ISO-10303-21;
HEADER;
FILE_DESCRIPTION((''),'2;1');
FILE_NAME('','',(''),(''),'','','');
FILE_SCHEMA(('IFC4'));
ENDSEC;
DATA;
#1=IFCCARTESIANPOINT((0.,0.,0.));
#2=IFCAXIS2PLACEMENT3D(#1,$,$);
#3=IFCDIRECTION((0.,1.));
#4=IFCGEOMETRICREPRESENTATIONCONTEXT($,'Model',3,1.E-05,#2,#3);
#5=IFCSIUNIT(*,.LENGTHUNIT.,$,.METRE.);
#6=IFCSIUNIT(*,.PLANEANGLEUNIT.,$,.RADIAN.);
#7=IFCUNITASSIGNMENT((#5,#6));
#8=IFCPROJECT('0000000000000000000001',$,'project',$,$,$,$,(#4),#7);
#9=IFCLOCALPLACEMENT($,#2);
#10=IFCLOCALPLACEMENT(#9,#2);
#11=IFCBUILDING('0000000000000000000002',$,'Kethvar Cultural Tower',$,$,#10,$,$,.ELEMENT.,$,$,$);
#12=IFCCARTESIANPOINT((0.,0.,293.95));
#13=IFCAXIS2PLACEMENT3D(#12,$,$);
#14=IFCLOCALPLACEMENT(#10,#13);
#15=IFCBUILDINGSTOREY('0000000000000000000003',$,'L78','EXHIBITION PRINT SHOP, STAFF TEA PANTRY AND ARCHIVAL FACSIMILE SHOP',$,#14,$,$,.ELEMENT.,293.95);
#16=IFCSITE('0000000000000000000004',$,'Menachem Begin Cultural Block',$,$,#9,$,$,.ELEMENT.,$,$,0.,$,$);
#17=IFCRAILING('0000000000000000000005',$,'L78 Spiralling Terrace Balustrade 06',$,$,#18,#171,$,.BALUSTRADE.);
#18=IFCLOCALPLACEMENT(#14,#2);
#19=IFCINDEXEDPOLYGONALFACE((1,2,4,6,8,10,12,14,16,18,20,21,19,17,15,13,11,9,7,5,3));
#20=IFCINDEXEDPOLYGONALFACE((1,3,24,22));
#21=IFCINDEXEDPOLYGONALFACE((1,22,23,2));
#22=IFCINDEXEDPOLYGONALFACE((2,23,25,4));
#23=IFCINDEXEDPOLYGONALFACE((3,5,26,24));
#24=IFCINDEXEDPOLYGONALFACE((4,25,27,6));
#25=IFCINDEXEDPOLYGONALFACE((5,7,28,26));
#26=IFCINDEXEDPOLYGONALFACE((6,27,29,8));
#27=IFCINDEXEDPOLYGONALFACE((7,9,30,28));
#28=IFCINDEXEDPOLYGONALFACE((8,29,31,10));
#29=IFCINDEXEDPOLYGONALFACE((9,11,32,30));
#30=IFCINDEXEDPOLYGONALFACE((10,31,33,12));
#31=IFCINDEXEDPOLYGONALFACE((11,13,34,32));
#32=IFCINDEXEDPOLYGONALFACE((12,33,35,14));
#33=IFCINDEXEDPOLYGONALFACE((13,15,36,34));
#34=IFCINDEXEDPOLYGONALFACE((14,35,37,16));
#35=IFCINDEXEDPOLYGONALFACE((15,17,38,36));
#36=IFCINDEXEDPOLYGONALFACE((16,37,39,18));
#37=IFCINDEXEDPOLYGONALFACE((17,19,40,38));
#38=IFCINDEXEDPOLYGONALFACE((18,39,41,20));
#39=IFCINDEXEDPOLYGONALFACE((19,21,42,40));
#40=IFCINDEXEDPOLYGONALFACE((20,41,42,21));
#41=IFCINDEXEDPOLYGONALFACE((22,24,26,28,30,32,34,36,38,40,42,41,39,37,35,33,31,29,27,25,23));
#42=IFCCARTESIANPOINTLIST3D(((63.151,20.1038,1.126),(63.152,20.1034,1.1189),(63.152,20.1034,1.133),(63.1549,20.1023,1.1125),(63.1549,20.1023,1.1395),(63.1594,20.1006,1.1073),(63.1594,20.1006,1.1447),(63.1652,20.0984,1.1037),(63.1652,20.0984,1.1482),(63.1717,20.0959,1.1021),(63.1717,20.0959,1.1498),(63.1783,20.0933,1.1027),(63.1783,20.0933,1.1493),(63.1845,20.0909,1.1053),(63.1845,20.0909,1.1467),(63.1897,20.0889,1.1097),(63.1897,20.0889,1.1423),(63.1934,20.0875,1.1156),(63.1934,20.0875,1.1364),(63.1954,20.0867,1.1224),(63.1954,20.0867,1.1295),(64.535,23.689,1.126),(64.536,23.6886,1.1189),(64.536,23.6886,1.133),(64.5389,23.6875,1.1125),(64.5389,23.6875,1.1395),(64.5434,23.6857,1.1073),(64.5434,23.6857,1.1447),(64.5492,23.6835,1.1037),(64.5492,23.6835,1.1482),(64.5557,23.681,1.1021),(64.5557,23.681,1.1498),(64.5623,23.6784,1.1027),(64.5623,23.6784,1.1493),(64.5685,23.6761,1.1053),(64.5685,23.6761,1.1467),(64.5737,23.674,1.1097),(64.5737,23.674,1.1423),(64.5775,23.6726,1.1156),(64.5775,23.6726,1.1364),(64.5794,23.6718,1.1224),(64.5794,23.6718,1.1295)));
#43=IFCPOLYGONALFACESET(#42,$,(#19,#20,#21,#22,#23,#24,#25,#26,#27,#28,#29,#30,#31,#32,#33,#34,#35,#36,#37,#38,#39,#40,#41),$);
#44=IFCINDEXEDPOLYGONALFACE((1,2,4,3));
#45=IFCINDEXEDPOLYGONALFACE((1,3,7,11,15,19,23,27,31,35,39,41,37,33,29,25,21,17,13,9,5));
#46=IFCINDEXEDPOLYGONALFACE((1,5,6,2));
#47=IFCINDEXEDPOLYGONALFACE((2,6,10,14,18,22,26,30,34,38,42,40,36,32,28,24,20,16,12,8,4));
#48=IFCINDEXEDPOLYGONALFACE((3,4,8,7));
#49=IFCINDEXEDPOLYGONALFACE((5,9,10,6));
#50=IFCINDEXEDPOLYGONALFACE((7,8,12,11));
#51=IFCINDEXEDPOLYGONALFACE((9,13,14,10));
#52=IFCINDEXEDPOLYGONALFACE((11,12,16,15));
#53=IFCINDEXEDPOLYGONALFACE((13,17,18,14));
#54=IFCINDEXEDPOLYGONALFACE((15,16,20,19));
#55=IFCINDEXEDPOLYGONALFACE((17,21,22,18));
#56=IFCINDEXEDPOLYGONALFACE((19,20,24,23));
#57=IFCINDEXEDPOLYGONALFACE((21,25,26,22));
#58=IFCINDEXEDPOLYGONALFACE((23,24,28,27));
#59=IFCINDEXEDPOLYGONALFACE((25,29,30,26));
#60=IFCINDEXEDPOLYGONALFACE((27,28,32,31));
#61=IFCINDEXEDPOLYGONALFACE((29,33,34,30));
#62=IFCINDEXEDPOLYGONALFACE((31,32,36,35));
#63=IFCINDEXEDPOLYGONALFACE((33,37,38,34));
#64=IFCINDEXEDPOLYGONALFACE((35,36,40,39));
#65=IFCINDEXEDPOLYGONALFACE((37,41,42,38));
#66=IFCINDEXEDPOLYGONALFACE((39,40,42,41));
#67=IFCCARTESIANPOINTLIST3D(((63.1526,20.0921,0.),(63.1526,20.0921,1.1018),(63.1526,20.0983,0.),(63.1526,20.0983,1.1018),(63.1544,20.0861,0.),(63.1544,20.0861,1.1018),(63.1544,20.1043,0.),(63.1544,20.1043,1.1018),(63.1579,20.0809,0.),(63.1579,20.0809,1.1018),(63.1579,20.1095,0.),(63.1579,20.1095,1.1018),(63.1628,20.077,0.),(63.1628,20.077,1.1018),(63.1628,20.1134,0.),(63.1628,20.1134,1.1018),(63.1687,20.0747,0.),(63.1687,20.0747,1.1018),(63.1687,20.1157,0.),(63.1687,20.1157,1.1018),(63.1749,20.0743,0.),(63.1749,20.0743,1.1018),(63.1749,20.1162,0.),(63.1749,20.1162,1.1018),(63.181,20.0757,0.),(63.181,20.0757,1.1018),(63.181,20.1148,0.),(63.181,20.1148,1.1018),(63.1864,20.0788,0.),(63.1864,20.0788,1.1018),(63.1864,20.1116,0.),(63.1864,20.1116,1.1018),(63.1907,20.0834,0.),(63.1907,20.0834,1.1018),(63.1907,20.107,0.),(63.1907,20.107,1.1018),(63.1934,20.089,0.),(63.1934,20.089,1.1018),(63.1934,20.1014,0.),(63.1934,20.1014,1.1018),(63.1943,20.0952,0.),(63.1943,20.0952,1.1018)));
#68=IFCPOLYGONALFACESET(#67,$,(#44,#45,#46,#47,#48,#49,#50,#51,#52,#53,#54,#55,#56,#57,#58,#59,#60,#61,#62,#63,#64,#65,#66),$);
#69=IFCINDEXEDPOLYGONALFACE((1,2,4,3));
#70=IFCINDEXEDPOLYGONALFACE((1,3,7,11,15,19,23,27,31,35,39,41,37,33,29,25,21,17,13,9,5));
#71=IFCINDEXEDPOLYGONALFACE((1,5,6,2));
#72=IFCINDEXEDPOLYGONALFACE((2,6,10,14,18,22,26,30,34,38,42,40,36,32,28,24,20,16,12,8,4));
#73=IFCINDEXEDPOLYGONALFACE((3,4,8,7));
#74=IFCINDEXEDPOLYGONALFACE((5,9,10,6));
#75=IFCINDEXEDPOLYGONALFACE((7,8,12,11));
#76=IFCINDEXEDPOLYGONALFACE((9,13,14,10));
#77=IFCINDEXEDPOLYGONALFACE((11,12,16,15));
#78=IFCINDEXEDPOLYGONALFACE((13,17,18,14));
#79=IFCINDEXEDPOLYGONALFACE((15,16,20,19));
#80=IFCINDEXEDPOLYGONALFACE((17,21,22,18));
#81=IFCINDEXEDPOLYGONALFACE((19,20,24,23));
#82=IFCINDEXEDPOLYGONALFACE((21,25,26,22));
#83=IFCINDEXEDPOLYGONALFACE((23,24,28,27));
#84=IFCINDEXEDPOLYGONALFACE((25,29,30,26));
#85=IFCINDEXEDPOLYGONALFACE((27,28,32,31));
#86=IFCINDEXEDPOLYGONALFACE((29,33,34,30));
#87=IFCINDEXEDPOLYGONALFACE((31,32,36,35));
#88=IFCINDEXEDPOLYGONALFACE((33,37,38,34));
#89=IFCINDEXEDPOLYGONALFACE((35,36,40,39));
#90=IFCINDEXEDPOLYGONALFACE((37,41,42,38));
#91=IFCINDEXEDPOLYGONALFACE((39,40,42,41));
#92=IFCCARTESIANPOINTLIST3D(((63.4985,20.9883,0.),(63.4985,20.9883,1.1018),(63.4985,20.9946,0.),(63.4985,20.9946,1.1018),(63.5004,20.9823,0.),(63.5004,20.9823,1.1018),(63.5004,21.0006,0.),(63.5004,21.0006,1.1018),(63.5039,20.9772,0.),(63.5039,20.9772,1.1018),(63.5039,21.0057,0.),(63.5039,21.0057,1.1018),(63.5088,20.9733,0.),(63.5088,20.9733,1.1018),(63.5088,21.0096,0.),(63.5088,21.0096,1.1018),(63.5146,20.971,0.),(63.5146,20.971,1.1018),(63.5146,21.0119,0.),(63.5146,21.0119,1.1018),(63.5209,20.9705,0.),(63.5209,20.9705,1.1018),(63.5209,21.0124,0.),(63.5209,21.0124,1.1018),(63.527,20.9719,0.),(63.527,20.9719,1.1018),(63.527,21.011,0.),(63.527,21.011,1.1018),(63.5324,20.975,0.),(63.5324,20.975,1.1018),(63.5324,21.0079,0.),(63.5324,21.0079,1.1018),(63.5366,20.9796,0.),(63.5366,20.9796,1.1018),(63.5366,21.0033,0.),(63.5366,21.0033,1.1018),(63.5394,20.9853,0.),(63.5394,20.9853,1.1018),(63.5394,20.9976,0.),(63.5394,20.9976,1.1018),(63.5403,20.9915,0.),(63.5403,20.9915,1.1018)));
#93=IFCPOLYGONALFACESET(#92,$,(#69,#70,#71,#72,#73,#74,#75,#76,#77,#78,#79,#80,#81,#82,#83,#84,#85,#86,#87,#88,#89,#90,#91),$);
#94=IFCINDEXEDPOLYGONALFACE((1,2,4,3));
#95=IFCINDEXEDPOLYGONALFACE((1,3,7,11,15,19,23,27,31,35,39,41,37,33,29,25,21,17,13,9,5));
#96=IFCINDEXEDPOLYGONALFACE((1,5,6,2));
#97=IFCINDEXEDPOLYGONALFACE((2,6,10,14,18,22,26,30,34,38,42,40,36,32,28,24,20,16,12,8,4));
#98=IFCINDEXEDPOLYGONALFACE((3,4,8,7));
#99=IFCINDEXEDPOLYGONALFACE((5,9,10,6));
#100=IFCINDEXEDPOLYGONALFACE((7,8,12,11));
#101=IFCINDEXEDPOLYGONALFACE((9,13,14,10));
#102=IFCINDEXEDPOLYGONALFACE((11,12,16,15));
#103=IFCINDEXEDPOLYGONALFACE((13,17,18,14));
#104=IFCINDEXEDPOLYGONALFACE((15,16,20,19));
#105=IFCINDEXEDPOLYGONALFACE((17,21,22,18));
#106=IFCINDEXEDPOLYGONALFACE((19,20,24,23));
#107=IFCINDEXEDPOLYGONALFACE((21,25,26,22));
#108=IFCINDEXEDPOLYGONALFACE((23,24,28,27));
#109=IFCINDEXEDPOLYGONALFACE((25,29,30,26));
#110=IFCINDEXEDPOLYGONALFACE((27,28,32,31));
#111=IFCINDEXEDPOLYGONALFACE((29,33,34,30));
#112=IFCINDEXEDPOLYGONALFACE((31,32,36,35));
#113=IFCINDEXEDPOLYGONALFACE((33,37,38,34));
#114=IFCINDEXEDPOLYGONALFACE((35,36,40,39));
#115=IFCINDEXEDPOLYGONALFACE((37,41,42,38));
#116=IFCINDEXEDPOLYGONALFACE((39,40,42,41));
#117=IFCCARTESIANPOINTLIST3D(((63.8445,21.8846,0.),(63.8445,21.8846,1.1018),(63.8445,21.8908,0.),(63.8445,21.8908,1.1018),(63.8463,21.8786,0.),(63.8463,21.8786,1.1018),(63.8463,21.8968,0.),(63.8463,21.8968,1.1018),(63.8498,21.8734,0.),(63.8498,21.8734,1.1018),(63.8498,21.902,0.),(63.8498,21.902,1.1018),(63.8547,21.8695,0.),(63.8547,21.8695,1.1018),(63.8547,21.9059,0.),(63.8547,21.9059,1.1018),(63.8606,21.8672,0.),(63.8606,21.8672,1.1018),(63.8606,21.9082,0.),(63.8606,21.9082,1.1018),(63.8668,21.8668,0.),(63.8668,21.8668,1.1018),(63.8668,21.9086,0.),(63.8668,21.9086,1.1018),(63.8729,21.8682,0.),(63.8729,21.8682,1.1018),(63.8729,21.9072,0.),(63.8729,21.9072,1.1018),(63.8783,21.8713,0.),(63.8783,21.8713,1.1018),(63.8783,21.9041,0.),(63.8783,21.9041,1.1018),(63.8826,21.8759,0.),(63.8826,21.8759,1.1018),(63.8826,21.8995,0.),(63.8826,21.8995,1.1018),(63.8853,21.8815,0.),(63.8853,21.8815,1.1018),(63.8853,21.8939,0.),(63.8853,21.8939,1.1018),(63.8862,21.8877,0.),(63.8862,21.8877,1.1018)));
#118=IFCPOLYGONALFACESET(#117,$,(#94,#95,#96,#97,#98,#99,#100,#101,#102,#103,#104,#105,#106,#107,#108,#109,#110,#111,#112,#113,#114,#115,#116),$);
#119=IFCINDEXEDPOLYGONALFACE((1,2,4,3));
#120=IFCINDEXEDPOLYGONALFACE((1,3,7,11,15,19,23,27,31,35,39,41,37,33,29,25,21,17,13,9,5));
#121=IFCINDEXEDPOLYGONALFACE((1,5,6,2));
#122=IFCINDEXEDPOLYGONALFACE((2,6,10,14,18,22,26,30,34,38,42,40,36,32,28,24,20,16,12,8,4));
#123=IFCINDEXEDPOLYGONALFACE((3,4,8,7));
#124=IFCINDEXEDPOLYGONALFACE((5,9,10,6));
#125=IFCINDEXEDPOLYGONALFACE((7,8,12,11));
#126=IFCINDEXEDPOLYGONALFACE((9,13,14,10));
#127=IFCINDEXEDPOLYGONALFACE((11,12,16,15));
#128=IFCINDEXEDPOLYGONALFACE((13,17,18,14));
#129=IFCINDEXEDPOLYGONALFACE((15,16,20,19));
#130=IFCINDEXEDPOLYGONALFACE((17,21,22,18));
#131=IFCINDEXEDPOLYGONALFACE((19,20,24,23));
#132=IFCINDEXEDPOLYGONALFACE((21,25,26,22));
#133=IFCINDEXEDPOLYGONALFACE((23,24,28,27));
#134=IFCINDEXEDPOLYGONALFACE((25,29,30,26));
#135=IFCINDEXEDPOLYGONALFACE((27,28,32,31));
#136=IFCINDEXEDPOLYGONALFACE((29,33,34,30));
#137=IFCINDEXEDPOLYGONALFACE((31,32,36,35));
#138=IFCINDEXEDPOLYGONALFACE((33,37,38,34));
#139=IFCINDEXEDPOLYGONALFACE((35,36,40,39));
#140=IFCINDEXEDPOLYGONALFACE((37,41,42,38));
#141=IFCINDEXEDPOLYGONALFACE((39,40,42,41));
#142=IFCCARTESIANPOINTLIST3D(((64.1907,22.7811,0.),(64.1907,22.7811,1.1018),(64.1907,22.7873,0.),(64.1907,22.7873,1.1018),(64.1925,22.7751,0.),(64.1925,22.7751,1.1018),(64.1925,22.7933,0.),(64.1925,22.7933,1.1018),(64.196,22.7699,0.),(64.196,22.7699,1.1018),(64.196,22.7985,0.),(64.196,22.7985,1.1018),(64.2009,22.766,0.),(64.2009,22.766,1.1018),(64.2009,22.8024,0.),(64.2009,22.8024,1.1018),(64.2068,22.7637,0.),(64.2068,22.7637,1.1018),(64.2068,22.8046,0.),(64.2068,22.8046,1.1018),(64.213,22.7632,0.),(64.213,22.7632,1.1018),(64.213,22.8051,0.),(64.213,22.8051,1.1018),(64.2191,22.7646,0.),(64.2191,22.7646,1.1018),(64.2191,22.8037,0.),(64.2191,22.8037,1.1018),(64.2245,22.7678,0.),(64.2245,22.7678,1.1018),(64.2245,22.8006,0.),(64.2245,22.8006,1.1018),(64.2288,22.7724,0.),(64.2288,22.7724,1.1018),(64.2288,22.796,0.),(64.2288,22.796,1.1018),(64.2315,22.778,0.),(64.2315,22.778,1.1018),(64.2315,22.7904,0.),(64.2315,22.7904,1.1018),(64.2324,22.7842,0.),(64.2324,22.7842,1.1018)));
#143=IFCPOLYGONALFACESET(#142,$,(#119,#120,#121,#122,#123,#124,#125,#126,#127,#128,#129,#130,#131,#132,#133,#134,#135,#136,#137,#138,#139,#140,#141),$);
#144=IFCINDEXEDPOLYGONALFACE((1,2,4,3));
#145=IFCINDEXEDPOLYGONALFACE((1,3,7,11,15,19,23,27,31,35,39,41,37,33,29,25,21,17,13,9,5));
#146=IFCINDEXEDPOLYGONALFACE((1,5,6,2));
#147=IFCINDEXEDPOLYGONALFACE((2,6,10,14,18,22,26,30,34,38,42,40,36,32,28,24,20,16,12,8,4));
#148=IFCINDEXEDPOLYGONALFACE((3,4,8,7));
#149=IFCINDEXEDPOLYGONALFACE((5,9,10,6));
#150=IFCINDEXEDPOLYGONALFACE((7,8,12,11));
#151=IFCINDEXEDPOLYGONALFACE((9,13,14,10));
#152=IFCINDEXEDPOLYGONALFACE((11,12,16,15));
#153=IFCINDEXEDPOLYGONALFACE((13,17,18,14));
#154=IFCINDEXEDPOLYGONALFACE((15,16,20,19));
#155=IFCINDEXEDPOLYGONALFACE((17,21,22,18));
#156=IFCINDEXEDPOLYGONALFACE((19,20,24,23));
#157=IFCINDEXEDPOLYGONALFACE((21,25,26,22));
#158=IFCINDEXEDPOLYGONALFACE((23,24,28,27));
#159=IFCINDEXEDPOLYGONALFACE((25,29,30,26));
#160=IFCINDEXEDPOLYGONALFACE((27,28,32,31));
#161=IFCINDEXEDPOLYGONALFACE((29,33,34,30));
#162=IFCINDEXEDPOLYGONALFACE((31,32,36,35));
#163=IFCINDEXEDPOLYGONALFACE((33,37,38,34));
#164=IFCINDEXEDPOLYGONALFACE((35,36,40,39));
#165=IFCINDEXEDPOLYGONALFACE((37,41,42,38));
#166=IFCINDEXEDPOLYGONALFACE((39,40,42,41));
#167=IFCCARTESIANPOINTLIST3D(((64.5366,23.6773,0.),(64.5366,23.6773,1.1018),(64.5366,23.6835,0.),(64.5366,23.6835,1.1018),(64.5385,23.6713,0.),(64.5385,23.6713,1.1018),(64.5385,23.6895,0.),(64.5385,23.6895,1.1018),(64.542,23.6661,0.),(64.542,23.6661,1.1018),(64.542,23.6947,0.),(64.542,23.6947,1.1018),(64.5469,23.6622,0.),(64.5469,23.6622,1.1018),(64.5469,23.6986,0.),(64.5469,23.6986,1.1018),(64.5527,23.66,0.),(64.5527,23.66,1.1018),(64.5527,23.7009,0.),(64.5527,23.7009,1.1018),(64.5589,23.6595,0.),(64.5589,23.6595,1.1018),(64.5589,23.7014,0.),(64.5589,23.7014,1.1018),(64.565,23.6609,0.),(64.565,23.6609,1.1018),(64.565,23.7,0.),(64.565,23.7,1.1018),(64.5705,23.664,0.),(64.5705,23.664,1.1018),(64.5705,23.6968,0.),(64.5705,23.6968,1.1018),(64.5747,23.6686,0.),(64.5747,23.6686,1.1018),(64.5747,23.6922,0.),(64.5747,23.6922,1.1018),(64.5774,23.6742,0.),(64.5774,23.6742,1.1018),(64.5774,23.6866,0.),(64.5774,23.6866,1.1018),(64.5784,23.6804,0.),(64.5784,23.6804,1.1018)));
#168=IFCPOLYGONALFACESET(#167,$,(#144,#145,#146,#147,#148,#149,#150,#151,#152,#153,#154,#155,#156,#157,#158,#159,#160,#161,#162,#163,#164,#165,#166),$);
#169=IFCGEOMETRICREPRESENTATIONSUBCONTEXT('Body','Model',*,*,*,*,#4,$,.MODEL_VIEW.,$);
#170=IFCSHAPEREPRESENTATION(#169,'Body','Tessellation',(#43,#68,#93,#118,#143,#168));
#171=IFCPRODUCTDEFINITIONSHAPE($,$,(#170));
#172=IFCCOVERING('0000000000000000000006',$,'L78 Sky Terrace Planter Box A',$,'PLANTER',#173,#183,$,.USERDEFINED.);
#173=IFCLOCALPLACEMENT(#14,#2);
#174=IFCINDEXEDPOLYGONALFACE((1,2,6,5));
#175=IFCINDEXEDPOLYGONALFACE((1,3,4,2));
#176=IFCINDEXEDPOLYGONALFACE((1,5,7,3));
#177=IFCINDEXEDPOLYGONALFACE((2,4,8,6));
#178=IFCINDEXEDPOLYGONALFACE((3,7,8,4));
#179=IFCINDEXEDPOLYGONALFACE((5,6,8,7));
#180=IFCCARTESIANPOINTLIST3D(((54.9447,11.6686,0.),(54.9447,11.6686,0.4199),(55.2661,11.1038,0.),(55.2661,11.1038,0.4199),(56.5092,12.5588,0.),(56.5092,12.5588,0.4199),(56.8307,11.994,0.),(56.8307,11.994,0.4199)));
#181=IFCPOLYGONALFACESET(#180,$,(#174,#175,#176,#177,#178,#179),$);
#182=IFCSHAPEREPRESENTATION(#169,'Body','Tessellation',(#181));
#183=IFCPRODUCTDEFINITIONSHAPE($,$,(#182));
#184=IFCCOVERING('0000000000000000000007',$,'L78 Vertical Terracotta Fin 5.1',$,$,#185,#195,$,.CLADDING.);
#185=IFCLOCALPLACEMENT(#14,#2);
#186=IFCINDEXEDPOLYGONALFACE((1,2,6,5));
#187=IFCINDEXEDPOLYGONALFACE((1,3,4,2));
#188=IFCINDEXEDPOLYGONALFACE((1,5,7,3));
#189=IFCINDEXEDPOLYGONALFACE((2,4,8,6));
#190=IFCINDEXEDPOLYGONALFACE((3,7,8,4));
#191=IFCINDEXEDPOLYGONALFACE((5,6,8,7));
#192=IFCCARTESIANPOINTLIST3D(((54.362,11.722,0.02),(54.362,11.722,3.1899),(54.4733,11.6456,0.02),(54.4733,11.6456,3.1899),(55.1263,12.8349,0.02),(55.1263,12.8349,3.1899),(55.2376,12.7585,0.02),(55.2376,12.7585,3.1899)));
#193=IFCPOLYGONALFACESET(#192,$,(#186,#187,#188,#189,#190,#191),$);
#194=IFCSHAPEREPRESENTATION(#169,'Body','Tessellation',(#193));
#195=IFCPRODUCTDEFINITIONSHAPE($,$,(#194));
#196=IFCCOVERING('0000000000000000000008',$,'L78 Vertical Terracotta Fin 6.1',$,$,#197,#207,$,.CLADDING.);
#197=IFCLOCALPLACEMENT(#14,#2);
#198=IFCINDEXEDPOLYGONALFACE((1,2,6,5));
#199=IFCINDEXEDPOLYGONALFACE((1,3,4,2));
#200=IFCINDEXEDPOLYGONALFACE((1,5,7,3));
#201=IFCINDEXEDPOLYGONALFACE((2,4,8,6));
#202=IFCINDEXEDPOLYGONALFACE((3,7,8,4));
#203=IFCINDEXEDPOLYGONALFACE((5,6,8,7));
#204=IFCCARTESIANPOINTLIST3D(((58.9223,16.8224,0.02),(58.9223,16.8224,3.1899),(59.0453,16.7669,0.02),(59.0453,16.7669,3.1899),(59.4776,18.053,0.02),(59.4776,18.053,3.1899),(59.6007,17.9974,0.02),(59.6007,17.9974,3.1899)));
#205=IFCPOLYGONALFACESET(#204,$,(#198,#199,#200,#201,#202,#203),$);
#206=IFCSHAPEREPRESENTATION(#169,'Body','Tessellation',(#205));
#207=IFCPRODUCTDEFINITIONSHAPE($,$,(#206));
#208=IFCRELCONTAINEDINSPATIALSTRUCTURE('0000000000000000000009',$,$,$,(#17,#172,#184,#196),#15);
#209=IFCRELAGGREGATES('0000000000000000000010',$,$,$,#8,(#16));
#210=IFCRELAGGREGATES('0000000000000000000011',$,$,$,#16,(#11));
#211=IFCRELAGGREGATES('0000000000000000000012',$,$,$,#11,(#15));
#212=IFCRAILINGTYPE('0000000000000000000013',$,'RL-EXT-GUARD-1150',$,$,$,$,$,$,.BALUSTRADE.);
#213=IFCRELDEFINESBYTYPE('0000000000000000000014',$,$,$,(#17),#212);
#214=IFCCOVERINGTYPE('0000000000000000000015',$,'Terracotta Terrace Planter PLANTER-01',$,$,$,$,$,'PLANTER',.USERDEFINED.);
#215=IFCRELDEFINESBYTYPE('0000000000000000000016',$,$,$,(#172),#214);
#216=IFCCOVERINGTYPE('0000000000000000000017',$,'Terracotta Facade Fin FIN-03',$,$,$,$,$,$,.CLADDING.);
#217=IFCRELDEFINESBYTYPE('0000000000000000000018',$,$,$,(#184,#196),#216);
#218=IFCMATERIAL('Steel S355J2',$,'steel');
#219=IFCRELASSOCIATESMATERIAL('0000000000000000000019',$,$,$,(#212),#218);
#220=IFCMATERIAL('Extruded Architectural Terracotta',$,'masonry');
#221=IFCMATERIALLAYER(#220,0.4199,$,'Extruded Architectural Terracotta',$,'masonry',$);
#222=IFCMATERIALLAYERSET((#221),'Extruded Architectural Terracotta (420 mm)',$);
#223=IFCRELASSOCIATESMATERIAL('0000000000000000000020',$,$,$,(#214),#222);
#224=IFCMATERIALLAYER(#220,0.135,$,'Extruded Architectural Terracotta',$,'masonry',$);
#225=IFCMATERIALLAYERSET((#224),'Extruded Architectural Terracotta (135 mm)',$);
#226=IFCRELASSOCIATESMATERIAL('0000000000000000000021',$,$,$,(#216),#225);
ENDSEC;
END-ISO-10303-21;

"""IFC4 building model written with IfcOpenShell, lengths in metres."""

from ifc_helpers import new_model, si_unit, direction, frame, origin, origin_2d, place, context, subcontext, project, spatial, rectangle, circle, extrude, source, transform, mapped, material, layer, layer_set, type_object, element, save


model = new_model("IFC4")

# Units and contexts
model_context = context("Model", 3, precision=1e-05, world=origin(), true_north=direction((0.0, 1.0)))
body_context = subcontext(model_context, "Body", "Model", "MODEL_VIEW")
ifc_project = project(units=[si_unit("LENGTHUNIT", "METRE"), si_unit("PLANEANGLEUNIT", "RADIAN")], contexts=[model_context])

# Site, building, storey
site_placement = place(None, origin())
site = spatial("IfcSite", under=ifc_project, at=site_placement, Name="Menachem Begin Cultural Block", CompositionType="ELEMENT", RefElevation=0.0)
building_placement = place(site_placement, origin())
building = spatial("IfcBuilding", under=site, at=building_placement, Name="Kethvar Cultural Tower", CompositionType="ELEMENT")
storey_placement = place(building_placement, frame((0.0, 0.0, 293.95)))
storey = spatial("IfcBuildingStorey", under=building, at=storey_placement, Name="L78", Description="EXHIBITION PRINT SHOP, STAFF TEA PANTRY AND ARCHIVAL FACSIMILE SHOP", CompositionType="ELEMENT", Elevation=293.95)

# Shared definitions
ifc_material_1 = material(Name="Steel S355J2", Category="steel")

# Railing
railing_type = type_object("IfcRailingType", Name="RL-EXT-GUARD-1150", PredefinedType="BALUSTRADE", material=ifc_material_1)
railing_1_placement = place(storey_placement, frame((63.1733, 20.0952, 0.0)))
element("IfcRailing", 1, at=railing_1_placement, inside=storey, type_object=railing_type, Name="L78 Spiralling Terrace Balustrade 06", PredefinedType="BALUSTRADE", context=body_context, shape_type="SweptSolid", body=[
    extrude(circle(Radius=0.0239, at=origin_2d()), frame((0.0, 0.0, 1.126), z_axis=(0.360137, 0.9329, 0.0), x_axis=(-0.9329, 0.360137, 0.0)), (0.0, 0.0, 1.0), 3.843),
    extrude(circle(Radius=0.021, at=origin_2d()), origin(), (0.0, 0.0, 1.0), 1.1018),
    extrude(circle(Radius=0.021, at=origin_2d()), frame((0.3459, 0.8962, 0.0)), (0.0, 0.0, 1.0), 1.1018),
    extrude(circle(Radius=0.021, at=origin_2d()), frame((0.6919, 1.7925, 0.0)), (0.0, 0.0, 1.0), 1.1018),
    extrude(circle(Radius=0.021, at=origin_2d()), frame((1.0381, 2.689, 0.0)), (0.0, 0.0, 1.0), 1.1018),
    extrude(circle(Radius=0.021, at=origin_2d()), frame((1.384, 3.5852, 0.0)), (0.0, 0.0, 1.0), 1.1018),
])

# Coverings
ifc_material_2 = material(Name="Extruded Architectural Terracotta", Category="masonry")
ifc_layer_1 = layer(ifc_material_2, 0.4199, Name="Extruded Architectural Terracotta", Category="masonry")
ifc_layer_set_1 = layer_set([ifc_layer_1], Name="Extruded Architectural Terracotta (420 mm)")
covering_type_1 = type_object("IfcCoveringType", Name="Terracotta Terrace Planter PLANTER-01", ElementType="PLANTER", PredefinedType="USERDEFINED", material=ifc_layer_set_1)
shared_shape_1 = source(origin(), body_context, "Body", "SweptSolid", [
    extrude(rectangle(XDim=1.8, YDim=0.6499, at=origin_2d()), origin(), (0.0, 0.0, 1.0), 0.4199),
])
covering_placement = place(storey_placement, frame((55.8877, 11.8313, 0.0), z_axis=(0.0, 0.0, 1.0), x_axis=(0.86915, 0.494549, 0.0)))
element("IfcCovering", 2, at=covering_placement, inside=storey, type_object=covering_type_1, Name="L78 Sky Terrace Planter Box A", ObjectType="PLANTER", PredefinedType="USERDEFINED", context=body_context, shape_type="MappedRepresentation", body=[
    mapped(shared_shape_1, transform((0.0, 0.0, 0.0), scale=1.0)),
])
ifc_layer_2 = layer(ifc_material_2, 0.135, Name="Extruded Architectural Terracotta", Category="masonry")
ifc_layer_set_2 = layer_set([ifc_layer_2], Name="Extruded Architectural Terracotta (135 mm)")
covering_type_2 = type_object("IfcCoveringType", Name="Terracotta Facade Fin FIN-03", PredefinedType="CLADDING", material=ifc_layer_set_2)
shared_shape_2 = source(origin(), body_context, "Body", "SweptSolid", [
    extrude(rectangle(XDim=1.3501, YDim=0.135, at=origin_2d()), origin(), (0.0, 0.0, 1.0), 3.1699),
])
for number, where, z_axis, x_axis, name in (
    (3, (54.7998, 12.2402, 0.02), (0.0, 0.0, 1.0), (-0.566119, -0.824324, 0.0), "L78 Vertical Terracotta Fin 5.1"),
    (4, (59.2615, 17.4099, 0.02), (0.0, 0.0, 1.0), (-0.411355, -0.911475, 0.0), "L78 Vertical Terracotta Fin 6.1"),
):
    element("IfcCovering", number, at=place(storey_placement, frame(where, z_axis=z_axis, x_axis=x_axis)), inside=storey, type_object=covering_type_2, Name=name, PredefinedType="CLADDING", context=body_context, shape_type="MappedRepresentation", body=[
        mapped(shared_shape_2, transform((0.0, 0.0, 0.0), scale=1.0)),
    ])

save(model, "model.ifc")
